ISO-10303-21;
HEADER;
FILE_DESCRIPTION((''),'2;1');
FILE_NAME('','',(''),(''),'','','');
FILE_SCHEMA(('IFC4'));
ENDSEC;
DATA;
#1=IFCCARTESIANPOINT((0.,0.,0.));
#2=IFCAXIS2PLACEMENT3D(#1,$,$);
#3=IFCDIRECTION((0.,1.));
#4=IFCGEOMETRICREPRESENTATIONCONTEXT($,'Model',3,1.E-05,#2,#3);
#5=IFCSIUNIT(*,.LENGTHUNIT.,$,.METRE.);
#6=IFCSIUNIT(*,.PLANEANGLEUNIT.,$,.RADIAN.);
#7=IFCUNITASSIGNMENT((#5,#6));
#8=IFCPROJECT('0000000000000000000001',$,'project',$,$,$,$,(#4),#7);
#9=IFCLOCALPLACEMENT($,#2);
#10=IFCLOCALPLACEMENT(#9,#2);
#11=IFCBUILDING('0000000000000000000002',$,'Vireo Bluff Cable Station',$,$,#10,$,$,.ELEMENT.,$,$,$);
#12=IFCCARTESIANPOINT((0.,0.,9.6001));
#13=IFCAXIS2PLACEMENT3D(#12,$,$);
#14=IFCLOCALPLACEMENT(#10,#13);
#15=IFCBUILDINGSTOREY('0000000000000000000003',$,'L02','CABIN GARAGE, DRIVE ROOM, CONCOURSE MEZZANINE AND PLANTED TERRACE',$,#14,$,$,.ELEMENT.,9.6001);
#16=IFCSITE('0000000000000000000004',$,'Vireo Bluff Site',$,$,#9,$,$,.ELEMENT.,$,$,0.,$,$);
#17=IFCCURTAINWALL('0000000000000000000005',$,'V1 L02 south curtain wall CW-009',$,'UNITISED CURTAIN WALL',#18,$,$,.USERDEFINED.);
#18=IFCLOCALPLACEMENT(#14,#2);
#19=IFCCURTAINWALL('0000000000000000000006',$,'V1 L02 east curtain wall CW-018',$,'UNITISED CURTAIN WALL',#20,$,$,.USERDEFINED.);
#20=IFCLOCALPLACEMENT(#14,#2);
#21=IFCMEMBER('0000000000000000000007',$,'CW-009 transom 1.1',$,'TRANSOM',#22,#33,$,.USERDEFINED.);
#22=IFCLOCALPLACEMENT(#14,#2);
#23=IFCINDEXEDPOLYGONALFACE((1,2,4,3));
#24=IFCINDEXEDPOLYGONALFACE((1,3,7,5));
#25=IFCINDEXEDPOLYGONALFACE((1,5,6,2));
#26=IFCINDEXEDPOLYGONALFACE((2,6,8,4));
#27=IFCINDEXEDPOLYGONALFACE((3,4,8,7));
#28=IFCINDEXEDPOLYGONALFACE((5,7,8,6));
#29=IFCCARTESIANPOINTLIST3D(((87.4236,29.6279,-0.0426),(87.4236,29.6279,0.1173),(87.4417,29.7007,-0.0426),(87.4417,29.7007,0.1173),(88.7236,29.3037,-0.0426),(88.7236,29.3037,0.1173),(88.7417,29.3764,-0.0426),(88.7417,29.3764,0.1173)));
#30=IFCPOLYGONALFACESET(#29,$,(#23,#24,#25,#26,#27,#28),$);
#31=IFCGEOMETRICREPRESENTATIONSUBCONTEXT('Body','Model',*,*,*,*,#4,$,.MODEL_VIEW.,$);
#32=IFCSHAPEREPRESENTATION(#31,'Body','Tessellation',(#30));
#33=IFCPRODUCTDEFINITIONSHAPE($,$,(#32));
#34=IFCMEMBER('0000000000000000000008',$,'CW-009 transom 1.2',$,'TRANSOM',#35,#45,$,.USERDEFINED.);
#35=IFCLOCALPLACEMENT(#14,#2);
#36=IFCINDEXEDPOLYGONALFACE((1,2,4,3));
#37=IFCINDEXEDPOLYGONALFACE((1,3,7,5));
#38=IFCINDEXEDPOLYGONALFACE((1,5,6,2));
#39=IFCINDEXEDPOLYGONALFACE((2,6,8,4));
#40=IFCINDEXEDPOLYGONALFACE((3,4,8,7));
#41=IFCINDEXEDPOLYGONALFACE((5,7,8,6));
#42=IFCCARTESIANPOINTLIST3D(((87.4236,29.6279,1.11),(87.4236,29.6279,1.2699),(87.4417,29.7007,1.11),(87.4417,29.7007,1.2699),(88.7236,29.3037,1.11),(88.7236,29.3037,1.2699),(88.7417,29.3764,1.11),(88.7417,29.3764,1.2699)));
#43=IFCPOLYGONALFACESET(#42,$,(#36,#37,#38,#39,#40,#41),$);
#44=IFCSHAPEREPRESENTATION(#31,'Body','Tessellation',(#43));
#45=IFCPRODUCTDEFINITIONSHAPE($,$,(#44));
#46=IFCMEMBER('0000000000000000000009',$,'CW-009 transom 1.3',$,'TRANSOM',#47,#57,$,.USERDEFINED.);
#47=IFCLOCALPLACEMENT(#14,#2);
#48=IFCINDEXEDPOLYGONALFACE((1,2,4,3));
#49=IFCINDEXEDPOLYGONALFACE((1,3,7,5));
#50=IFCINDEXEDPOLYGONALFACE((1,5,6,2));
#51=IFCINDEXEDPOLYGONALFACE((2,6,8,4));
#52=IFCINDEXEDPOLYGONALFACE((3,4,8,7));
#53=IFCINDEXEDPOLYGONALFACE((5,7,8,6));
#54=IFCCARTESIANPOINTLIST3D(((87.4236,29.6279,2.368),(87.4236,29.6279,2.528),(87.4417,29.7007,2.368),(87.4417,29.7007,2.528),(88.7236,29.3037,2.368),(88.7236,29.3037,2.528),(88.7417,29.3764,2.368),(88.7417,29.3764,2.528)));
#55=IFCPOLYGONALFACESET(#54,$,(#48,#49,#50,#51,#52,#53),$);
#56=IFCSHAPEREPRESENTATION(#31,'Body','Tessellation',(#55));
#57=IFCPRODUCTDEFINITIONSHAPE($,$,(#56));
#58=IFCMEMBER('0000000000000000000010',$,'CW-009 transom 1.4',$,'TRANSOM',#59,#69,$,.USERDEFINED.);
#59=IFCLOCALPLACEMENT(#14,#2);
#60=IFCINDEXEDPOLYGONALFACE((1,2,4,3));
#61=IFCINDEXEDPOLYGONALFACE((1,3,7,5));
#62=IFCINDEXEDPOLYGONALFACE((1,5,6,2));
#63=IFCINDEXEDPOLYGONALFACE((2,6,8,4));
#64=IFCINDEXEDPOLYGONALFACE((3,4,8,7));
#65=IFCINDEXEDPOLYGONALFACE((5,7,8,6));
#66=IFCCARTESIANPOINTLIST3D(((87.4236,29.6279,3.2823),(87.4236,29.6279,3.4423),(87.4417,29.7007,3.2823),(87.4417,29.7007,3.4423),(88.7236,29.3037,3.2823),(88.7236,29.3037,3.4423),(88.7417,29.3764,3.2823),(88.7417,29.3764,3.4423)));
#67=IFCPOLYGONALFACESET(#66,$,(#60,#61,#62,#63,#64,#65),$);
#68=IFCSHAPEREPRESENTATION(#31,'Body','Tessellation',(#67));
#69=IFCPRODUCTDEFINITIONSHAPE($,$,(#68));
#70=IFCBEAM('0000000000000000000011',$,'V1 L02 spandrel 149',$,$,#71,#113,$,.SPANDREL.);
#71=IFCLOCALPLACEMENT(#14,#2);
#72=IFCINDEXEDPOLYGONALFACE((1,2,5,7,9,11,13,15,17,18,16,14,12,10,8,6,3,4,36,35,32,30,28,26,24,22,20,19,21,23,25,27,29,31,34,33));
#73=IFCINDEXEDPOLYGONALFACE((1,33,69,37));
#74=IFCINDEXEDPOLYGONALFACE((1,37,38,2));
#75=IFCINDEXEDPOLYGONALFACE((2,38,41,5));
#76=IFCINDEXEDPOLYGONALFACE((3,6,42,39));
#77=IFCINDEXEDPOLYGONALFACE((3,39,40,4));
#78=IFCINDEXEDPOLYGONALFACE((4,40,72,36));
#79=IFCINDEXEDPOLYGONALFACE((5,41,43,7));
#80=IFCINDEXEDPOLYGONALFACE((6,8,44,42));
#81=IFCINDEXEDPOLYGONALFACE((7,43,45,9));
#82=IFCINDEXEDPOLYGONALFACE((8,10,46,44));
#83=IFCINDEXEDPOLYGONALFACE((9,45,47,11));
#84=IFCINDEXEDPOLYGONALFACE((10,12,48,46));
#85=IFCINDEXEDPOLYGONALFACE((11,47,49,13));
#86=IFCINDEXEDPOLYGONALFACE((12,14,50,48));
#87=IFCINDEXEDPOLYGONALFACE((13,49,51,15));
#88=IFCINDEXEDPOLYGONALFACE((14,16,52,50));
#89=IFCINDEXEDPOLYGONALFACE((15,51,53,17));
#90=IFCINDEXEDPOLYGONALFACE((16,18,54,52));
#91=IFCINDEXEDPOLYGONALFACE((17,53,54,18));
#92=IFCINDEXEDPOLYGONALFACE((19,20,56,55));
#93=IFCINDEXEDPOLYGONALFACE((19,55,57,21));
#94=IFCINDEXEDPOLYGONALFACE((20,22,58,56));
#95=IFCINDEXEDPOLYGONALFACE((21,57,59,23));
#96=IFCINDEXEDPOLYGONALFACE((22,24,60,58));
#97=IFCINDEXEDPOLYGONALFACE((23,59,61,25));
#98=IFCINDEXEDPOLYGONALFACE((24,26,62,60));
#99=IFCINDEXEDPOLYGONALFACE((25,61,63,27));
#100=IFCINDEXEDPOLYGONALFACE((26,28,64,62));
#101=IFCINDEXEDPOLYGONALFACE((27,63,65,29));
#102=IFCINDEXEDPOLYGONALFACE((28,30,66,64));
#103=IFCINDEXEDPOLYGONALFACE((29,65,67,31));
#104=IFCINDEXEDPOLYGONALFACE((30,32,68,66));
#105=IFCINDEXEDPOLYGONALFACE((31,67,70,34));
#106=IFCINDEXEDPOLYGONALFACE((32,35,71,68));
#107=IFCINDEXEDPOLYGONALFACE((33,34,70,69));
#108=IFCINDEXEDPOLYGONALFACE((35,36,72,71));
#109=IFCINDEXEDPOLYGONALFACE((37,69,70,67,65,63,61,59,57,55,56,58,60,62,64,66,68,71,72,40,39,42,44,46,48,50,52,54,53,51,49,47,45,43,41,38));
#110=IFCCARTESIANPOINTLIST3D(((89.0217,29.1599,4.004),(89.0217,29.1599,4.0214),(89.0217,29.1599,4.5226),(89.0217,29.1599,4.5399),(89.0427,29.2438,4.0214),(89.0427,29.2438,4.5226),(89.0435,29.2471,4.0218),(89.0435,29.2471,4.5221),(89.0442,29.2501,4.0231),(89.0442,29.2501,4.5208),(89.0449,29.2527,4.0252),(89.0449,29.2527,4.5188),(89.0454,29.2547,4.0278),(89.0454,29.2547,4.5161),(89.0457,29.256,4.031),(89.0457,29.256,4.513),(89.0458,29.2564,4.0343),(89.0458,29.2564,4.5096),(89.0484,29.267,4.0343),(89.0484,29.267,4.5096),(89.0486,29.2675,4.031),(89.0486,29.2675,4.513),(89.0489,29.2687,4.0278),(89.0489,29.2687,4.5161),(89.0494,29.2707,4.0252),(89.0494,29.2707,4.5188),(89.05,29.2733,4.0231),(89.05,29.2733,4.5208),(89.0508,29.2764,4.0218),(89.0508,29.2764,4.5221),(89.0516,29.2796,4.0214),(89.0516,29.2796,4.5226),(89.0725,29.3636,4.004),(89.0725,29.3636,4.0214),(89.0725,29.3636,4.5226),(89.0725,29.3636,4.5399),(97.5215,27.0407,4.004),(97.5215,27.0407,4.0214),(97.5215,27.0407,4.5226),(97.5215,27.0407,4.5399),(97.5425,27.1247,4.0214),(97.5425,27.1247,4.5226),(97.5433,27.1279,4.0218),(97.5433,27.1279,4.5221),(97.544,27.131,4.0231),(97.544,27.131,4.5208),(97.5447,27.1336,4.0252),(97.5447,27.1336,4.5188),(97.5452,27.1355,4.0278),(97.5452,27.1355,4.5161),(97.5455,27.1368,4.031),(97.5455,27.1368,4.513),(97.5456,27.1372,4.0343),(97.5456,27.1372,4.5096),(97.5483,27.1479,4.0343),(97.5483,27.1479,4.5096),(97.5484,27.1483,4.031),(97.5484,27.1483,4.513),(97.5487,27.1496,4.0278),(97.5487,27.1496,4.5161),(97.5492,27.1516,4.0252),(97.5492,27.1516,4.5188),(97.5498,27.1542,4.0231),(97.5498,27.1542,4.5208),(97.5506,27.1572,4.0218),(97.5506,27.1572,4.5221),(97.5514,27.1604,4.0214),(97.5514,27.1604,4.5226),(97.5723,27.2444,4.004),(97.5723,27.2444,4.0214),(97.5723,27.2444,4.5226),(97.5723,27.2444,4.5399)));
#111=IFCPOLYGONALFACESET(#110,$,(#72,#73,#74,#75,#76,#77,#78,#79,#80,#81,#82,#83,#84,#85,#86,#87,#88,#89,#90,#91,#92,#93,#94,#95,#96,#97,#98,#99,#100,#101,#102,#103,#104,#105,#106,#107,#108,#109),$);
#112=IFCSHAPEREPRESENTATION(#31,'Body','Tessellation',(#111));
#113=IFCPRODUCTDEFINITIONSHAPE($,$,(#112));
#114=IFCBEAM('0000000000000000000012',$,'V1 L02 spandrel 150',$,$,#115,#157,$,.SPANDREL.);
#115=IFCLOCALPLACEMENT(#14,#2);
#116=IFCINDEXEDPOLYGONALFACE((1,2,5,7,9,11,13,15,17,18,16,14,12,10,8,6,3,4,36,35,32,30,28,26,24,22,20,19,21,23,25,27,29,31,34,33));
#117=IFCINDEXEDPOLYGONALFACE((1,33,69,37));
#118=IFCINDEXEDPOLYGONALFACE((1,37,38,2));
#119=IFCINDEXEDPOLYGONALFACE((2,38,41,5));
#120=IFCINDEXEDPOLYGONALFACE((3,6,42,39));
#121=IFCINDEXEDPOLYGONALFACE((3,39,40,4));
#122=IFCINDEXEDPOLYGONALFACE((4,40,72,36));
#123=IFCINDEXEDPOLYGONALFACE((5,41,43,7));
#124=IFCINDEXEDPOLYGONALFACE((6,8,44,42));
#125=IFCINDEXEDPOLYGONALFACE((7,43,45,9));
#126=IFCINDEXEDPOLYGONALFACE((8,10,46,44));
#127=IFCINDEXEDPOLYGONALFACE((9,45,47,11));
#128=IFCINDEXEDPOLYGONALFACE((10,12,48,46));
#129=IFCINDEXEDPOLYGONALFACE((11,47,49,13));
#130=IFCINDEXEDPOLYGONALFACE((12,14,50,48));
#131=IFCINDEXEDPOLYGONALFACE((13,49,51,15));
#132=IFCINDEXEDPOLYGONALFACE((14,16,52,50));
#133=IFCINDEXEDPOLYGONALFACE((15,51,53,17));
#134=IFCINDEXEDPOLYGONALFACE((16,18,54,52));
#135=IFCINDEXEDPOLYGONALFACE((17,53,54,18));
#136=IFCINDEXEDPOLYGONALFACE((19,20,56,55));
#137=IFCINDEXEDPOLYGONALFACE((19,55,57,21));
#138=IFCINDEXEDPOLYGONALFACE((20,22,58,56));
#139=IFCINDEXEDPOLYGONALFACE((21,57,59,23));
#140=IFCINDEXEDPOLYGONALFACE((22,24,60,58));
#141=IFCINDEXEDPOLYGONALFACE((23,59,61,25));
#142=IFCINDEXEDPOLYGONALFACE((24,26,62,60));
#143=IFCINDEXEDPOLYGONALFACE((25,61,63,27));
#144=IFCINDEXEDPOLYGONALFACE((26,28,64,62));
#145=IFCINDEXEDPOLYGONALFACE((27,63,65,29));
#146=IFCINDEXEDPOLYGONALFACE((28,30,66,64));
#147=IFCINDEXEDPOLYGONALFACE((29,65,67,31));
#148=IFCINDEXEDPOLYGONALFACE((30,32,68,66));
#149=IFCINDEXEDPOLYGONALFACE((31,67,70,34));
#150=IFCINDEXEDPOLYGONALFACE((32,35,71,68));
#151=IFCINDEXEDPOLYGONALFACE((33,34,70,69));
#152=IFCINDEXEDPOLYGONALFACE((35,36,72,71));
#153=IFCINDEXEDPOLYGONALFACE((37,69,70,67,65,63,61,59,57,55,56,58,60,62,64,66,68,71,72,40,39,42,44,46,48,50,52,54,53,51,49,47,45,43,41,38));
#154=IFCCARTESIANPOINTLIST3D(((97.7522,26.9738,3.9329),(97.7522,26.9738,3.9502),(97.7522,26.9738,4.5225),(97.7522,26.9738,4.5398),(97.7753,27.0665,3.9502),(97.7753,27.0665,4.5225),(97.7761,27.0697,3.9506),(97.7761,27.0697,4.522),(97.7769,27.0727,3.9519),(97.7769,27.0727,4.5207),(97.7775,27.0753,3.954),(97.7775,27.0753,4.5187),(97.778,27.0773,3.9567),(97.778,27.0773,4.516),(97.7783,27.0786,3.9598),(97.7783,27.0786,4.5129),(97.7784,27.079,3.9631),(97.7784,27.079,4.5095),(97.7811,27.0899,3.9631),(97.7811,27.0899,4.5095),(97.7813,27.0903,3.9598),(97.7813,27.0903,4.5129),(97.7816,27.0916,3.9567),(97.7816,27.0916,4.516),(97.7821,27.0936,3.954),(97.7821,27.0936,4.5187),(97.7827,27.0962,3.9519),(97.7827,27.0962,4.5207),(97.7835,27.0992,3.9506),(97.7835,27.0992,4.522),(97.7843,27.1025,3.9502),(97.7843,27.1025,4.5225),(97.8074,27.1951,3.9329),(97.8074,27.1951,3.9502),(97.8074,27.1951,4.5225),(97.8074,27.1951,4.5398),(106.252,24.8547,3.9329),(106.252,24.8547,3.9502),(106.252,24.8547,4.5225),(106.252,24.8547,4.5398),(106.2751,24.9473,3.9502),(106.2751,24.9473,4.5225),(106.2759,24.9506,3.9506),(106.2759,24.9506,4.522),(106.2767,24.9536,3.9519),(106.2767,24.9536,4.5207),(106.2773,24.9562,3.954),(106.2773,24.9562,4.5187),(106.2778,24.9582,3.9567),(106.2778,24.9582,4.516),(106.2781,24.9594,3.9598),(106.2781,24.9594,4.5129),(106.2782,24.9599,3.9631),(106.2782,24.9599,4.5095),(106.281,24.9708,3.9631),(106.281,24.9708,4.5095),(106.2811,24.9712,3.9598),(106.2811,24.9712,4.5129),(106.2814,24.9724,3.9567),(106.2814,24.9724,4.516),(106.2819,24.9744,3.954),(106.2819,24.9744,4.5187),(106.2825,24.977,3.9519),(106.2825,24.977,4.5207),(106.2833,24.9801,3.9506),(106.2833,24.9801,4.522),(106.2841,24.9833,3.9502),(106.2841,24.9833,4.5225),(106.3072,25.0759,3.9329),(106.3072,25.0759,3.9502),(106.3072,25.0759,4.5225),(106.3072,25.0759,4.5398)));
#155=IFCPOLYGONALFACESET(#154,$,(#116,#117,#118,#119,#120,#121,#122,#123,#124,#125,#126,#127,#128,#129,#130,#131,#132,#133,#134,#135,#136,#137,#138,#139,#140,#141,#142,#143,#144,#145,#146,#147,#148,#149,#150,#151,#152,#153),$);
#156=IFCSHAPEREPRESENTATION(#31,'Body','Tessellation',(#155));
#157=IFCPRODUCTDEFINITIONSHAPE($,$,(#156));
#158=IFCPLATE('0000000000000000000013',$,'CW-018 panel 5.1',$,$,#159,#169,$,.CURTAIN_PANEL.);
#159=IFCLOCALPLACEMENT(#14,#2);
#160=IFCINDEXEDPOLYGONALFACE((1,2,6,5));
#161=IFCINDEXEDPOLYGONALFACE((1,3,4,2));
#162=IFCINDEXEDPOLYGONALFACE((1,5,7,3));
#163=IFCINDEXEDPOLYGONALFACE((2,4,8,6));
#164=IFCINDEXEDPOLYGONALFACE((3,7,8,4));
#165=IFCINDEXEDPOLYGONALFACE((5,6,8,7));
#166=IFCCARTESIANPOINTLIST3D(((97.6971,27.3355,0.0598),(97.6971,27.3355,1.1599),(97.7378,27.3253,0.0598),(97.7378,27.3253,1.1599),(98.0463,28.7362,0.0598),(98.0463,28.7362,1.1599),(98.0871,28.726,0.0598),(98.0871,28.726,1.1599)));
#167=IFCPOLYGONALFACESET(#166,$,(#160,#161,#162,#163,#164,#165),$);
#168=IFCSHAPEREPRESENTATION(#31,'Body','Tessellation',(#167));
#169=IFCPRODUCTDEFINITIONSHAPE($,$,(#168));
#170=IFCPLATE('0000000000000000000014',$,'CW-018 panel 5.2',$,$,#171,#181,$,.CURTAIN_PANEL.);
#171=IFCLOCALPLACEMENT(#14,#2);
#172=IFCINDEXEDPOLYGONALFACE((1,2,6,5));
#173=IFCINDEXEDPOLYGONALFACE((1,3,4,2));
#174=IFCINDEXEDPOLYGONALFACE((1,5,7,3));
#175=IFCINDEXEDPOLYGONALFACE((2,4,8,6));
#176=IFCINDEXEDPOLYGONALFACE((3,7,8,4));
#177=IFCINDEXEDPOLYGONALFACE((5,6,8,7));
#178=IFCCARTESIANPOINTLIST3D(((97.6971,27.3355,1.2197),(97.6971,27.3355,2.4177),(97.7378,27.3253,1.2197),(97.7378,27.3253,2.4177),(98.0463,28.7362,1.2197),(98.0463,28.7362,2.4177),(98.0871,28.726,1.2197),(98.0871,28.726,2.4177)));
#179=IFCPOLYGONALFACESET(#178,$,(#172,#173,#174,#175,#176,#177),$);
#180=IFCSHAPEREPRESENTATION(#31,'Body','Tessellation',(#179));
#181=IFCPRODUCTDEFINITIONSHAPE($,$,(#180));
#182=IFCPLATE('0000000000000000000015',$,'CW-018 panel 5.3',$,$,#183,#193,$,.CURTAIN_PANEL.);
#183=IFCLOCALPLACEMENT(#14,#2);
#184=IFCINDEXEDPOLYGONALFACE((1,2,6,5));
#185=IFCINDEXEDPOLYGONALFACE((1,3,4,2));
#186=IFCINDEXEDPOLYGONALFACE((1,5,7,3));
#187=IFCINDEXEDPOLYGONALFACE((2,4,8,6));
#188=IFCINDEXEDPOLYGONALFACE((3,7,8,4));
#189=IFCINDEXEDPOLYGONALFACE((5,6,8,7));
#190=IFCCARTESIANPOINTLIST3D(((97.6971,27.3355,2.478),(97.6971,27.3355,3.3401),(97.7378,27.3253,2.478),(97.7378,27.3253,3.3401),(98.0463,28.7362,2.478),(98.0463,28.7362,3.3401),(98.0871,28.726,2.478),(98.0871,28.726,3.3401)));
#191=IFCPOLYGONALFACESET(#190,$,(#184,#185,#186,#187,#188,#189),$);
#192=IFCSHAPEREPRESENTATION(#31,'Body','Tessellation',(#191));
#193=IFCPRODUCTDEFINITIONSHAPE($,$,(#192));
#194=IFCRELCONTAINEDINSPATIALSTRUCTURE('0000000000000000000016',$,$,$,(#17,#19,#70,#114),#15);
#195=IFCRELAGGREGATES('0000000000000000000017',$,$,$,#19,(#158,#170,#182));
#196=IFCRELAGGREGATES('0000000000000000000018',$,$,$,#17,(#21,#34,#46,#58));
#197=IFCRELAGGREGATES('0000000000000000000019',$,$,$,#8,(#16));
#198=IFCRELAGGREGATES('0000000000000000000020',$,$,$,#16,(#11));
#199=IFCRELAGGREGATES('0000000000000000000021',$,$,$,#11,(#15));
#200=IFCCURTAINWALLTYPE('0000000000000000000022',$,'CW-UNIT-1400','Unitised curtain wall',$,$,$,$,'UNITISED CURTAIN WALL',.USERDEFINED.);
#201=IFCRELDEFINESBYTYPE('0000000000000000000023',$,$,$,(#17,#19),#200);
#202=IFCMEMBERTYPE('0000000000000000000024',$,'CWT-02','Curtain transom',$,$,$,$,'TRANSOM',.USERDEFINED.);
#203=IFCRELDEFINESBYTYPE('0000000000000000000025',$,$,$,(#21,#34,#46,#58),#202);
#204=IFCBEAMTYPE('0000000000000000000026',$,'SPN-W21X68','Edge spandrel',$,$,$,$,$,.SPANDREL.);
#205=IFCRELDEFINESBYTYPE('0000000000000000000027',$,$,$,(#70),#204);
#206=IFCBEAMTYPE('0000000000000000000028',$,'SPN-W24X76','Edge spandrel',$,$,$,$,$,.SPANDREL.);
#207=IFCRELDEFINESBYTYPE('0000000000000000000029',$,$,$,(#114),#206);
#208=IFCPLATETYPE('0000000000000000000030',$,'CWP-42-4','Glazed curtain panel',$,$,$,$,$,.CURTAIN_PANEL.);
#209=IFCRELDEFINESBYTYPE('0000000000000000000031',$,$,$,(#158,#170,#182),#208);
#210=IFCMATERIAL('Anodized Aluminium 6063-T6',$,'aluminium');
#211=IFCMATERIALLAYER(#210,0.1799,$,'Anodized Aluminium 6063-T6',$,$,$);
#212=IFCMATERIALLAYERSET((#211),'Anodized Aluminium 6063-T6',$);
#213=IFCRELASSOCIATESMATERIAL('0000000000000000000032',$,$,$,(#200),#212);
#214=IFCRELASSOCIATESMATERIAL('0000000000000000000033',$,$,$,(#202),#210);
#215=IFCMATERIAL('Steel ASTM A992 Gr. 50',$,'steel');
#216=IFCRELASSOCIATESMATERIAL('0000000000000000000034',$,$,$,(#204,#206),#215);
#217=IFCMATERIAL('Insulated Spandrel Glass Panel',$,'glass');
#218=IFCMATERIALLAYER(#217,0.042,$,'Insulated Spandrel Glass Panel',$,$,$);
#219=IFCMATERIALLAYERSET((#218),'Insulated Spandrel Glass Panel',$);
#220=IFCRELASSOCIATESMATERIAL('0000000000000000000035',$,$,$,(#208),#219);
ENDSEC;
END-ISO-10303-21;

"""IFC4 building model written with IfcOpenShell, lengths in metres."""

from ifc_helpers import new_model, si_unit, direction, frame, origin, origin_2d, place, context, subcontext, project, spatial, rectangle, i_section, extrude, material, layer, layer_set, material_profile, profile_set, type_object, element, aggregate, save


model = new_model("IFC4")

# Units and contexts
model_context = context("Model", 3, precision=1e-05, world=origin(), true_north=direction((0.0, 1.0)))
body_context = subcontext(model_context, "Body", "Model", "MODEL_VIEW")
ifc_project = project(units=[si_unit("LENGTHUNIT", "METRE"), si_unit("PLANEANGLEUNIT", "RADIAN")], contexts=[model_context])

# Site, building, storey
site_placement = place(None, origin())
site = spatial("IfcSite", under=ifc_project, at=site_placement, Name="Vireo Bluff Site", CompositionType="ELEMENT", RefElevation=0.0)
building_placement = place(site_placement, origin())
building = spatial("IfcBuilding", under=site, at=building_placement, Name="Vireo Bluff Cable Station", CompositionType="ELEMENT")
storey_placement = place(building_placement, frame((0.0, 0.0, 9.6001)))
storey = spatial("IfcBuildingStorey", under=building, at=storey_placement, Name="L02", Description="CABIN GARAGE, DRIVE ROOM, CONCOURSE MEZZANINE AND PLANTED TERRACE", CompositionType="ELEMENT", Elevation=9.6001)

# Shared definitions
ifc_material_1 = material(Name="Steel ASTM A992 Gr. 50", Category="steel")

# Curtain walls
ifc_material_2 = material(Name="Anodized Aluminium 6063-T6", Category="aluminium")
ifc_layer_1 = layer(ifc_material_2, 0.1799, Name="Anodized Aluminium 6063-T6")
ifc_layer_set_1 = layer_set([ifc_layer_1], Name="Anodized Aluminium 6063-T6")
curtain_wall_type = type_object("IfcCurtainWallType", Name="CW-UNIT-1400", Description="Unitised curtain wall", ElementType="UNITISED CURTAIN WALL", PredefinedType="USERDEFINED", material=ifc_layer_set_1)
curtain_wall_1_placement = place(storey_placement, origin())
curtain_wall_1 = element("IfcCurtainWall", 1, at=curtain_wall_1_placement, inside=storey, type_object=curtain_wall_type, Name="V1 L02 south curtain wall CW-009", ObjectType="UNITISED CURTAIN WALL", PredefinedType="USERDEFINED")
curtain_wall_2_placement = place(storey_placement, origin())
curtain_wall_2 = element("IfcCurtainWall", 2, at=curtain_wall_2_placement, inside=storey, type_object=curtain_wall_type, Name="V1 L02 east curtain wall CW-018", ObjectType="UNITISED CURTAIN WALL", PredefinedType="USERDEFINED")

# Members
ifc_material_profile_1 = material_profile(ifc_material_2, rectangle(XDim=0.075, YDim=0.1599, at=origin_2d()), Name="ALU-T-75X160")
ifc_profile_set_1 = profile_set([ifc_material_profile_1], Name="Anodized Aluminium 6063-T6")
member_type_1 = type_object("IfcMemberType", Name="CWT-02", Description="Curtain transom", ElementType="TRANSOM", PredefinedType="USERDEFINED", material=ifc_profile_set_1)
member_1_placement = place(storey_placement, frame((88.7327, 29.3401, 0.0374), z_axis=(-0.970282, 0.241978, 0.0), x_axis=(-0.241978, -0.970282, 0.0)))
member_1 = element("IfcMember", 3, at=member_1_placement, type_object=member_type_1, Name="CW-009 transom 1.1", ObjectType="TRANSOM", PredefinedType="USERDEFINED", context=body_context, shape_type="SweptSolid", body=[
    extrude(rectangle(XDim=0.075, YDim=0.1599, at=origin_2d()), origin(), (0.0, 0.0, 1.0), 1.3398),
])
member_2_placement = place(storey_placement, frame((88.7327, 29.3401, 1.1899), z_axis=(-0.970282, 0.241978, 0.0), x_axis=(-0.241978, -0.970282, 0.0)))
member_2 = element("IfcMember", 4, at=member_2_placement, type_object=member_type_1, Name="CW-009 transom 1.2", ObjectType="TRANSOM", PredefinedType="USERDEFINED", context=body_context, shape_type="SweptSolid", body=[
    extrude(rectangle(XDim=0.075, YDim=0.1599, at=origin_2d()), origin(), (0.0, 0.0, 1.0), 1.3398),
])
member_3_placement = place(storey_placement, frame((88.7327, 29.3401, 2.448), z_axis=(-0.970282, 0.241978, 0.0), x_axis=(-0.241978, -0.970282, 0.0)))
member_3 = element("IfcMember", 5, at=member_3_placement, type_object=member_type_1, Name="CW-009 transom 1.3", ObjectType="TRANSOM", PredefinedType="USERDEFINED", context=body_context, shape_type="SweptSolid", body=[
    extrude(rectangle(XDim=0.075, YDim=0.1599, at=origin_2d()), origin(), (0.0, 0.0, 1.0), 1.3398),
])
member_4_placement = place(storey_placement, frame((88.7327, 29.3401, 3.3623), z_axis=(-0.970282, 0.241978, 0.0), x_axis=(-0.241978, -0.970282, 0.0)))
member_4 = element("IfcMember", 6, at=member_4_placement, type_object=member_type_1, Name="CW-009 transom 1.4", ObjectType="TRANSOM", PredefinedType="USERDEFINED", context=body_context, shape_type="SweptSolid", body=[
    extrude(rectangle(XDim=0.075, YDim=0.1599, at=origin_2d()), origin(), (0.0, 0.0, 1.0), 1.3398),
])

# Beams
ifc_material_profile_2 = material_profile(ifc_material_1, i_section(OverallWidth=0.21, OverallDepth=0.5359, WebThickness=0.011, FlangeThickness=0.0173, FilletRadius=0.0129, at=origin_2d()), Name="W21X68")
ifc_profile_set_2 = profile_set([ifc_material_profile_2], Name="Steel ASTM A992 Gr. 50")
beam_type_1 = type_object("IfcBeamType", Name="SPN-W21X68", Description="Edge spandrel", PredefinedType="SPANDREL", material=ifc_profile_set_2)
beam_1_placement = place(storey_placement, frame((89.0471, 29.2617, 4.272), z_axis=(0.970298, -0.241913, 0.0), x_axis=(0.241913, 0.970298, 0.0)))
element("IfcBeam", 7, at=beam_1_placement, inside=storey, type_object=beam_type_1, Name="V1 L02 spandrel 149", PredefinedType="SPANDREL", context=body_context, shape_type="SweptSolid", body=[
    extrude(i_section(OverallWidth=0.21, OverallDepth=0.5359, WebThickness=0.011, FlangeThickness=0.0173, FilletRadius=0.0129, at=origin_2d()), origin(), (0.0, 0.0, 1.0), 8.76),
])
ifc_material_profile_3 = material_profile(ifc_material_1, i_section(OverallWidth=0.228, OverallDepth=0.6069, WebThickness=0.0112, FlangeThickness=0.0173, FilletRadius=0.0129, at=origin_2d()), Name="W24X76")
ifc_profile_set_3 = profile_set([ifc_material_profile_3], Name="Steel ASTM A992 Gr. 50")
beam_type_2 = type_object("IfcBeamType", Name="SPN-W24X76", Description="Edge spandrel", PredefinedType="SPANDREL", material=ifc_profile_set_3)
beam_2_placement = place(storey_placement, frame((97.7798, 27.0845, 4.2363), z_axis=(0.970298, -0.241913, 0.0), x_axis=(0.241913, 0.970298, 0.0)))
element("IfcBeam", 8, at=beam_2_placement, inside=storey, type_object=beam_type_2, Name="V1 L02 spandrel 150", PredefinedType="SPANDREL", context=body_context, shape_type="SweptSolid", body=[
    extrude(i_section(OverallWidth=0.228, OverallDepth=0.6069, WebThickness=0.0112, FlangeThickness=0.0173, FilletRadius=0.0129, at=origin_2d()), origin(), (0.0, 0.0, 1.0), 8.76),
])

# Plates
ifc_material_3 = material(Name="Insulated Spandrel Glass Panel", Category="glass")
ifc_layer_2 = layer(ifc_material_3, 0.042, Name="Insulated Spandrel Glass Panel")
ifc_layer_set_2 = layer_set([ifc_layer_2], Name="Insulated Spandrel Glass Panel")
plate_type_1 = type_object("IfcPlateType", Name="CWP-42-4", Description="Glazed curtain panel", PredefinedType="CURTAIN_PANEL", material=ifc_layer_set_2)
plate_1_placement = place(storey_placement, frame((97.8921, 28.0308, 0.0598), z_axis=(0.0, 0.0, 1.0), x_axis=(-0.241922, -0.970296, 0.0)))
plate_1 = element("IfcPlate", 9, at=plate_1_placement, type_object=plate_type_1, Name="CW-018 panel 5.1", PredefinedType="CURTAIN_PANEL", context=body_context, shape_type="SweptSolid", body=[
    extrude(rectangle(XDim=1.4436, YDim=0.042, at=origin_2d()), origin(), (0.0, 0.0, 1.0), 1.1001),
])
plate_2_placement = place(storey_placement, frame((97.8921, 28.0308, 1.2197), z_axis=(0.0, 0.0, 1.0), x_axis=(-0.241922, -0.970296, 0.0)))
plate_2 = element("IfcPlate", 10, at=plate_2_placement, type_object=plate_type_1, Name="CW-018 panel 5.2", PredefinedType="CURTAIN_PANEL", context=body_context, shape_type="SweptSolid", body=[
    extrude(rectangle(XDim=1.4436, YDim=0.042, at=origin_2d()), origin(), (0.0, 0.0, 1.0), 1.198),
])
plate_3_placement = place(storey_placement, frame((97.8921, 28.0308, 2.478), z_axis=(0.0, 0.0, 1.0), x_axis=(-0.241922, -0.970296, 0.0)))
plate_3 = element("IfcPlate", 11, at=plate_3_placement, type_object=plate_type_1, Name="CW-018 panel 5.3", PredefinedType="CURTAIN_PANEL", context=body_context, shape_type="SweptSolid", body=[
    extrude(rectangle(XDim=1.4436, YDim=0.042, at=origin_2d()), origin(), (0.0, 0.0, 1.0), 0.8621),
])
aggregate(curtain_wall_2, [plate_1, plate_2, plate_3])
aggregate(curtain_wall_1, [member_1, member_2, member_3, member_4])

save(model, "model.ifc")
